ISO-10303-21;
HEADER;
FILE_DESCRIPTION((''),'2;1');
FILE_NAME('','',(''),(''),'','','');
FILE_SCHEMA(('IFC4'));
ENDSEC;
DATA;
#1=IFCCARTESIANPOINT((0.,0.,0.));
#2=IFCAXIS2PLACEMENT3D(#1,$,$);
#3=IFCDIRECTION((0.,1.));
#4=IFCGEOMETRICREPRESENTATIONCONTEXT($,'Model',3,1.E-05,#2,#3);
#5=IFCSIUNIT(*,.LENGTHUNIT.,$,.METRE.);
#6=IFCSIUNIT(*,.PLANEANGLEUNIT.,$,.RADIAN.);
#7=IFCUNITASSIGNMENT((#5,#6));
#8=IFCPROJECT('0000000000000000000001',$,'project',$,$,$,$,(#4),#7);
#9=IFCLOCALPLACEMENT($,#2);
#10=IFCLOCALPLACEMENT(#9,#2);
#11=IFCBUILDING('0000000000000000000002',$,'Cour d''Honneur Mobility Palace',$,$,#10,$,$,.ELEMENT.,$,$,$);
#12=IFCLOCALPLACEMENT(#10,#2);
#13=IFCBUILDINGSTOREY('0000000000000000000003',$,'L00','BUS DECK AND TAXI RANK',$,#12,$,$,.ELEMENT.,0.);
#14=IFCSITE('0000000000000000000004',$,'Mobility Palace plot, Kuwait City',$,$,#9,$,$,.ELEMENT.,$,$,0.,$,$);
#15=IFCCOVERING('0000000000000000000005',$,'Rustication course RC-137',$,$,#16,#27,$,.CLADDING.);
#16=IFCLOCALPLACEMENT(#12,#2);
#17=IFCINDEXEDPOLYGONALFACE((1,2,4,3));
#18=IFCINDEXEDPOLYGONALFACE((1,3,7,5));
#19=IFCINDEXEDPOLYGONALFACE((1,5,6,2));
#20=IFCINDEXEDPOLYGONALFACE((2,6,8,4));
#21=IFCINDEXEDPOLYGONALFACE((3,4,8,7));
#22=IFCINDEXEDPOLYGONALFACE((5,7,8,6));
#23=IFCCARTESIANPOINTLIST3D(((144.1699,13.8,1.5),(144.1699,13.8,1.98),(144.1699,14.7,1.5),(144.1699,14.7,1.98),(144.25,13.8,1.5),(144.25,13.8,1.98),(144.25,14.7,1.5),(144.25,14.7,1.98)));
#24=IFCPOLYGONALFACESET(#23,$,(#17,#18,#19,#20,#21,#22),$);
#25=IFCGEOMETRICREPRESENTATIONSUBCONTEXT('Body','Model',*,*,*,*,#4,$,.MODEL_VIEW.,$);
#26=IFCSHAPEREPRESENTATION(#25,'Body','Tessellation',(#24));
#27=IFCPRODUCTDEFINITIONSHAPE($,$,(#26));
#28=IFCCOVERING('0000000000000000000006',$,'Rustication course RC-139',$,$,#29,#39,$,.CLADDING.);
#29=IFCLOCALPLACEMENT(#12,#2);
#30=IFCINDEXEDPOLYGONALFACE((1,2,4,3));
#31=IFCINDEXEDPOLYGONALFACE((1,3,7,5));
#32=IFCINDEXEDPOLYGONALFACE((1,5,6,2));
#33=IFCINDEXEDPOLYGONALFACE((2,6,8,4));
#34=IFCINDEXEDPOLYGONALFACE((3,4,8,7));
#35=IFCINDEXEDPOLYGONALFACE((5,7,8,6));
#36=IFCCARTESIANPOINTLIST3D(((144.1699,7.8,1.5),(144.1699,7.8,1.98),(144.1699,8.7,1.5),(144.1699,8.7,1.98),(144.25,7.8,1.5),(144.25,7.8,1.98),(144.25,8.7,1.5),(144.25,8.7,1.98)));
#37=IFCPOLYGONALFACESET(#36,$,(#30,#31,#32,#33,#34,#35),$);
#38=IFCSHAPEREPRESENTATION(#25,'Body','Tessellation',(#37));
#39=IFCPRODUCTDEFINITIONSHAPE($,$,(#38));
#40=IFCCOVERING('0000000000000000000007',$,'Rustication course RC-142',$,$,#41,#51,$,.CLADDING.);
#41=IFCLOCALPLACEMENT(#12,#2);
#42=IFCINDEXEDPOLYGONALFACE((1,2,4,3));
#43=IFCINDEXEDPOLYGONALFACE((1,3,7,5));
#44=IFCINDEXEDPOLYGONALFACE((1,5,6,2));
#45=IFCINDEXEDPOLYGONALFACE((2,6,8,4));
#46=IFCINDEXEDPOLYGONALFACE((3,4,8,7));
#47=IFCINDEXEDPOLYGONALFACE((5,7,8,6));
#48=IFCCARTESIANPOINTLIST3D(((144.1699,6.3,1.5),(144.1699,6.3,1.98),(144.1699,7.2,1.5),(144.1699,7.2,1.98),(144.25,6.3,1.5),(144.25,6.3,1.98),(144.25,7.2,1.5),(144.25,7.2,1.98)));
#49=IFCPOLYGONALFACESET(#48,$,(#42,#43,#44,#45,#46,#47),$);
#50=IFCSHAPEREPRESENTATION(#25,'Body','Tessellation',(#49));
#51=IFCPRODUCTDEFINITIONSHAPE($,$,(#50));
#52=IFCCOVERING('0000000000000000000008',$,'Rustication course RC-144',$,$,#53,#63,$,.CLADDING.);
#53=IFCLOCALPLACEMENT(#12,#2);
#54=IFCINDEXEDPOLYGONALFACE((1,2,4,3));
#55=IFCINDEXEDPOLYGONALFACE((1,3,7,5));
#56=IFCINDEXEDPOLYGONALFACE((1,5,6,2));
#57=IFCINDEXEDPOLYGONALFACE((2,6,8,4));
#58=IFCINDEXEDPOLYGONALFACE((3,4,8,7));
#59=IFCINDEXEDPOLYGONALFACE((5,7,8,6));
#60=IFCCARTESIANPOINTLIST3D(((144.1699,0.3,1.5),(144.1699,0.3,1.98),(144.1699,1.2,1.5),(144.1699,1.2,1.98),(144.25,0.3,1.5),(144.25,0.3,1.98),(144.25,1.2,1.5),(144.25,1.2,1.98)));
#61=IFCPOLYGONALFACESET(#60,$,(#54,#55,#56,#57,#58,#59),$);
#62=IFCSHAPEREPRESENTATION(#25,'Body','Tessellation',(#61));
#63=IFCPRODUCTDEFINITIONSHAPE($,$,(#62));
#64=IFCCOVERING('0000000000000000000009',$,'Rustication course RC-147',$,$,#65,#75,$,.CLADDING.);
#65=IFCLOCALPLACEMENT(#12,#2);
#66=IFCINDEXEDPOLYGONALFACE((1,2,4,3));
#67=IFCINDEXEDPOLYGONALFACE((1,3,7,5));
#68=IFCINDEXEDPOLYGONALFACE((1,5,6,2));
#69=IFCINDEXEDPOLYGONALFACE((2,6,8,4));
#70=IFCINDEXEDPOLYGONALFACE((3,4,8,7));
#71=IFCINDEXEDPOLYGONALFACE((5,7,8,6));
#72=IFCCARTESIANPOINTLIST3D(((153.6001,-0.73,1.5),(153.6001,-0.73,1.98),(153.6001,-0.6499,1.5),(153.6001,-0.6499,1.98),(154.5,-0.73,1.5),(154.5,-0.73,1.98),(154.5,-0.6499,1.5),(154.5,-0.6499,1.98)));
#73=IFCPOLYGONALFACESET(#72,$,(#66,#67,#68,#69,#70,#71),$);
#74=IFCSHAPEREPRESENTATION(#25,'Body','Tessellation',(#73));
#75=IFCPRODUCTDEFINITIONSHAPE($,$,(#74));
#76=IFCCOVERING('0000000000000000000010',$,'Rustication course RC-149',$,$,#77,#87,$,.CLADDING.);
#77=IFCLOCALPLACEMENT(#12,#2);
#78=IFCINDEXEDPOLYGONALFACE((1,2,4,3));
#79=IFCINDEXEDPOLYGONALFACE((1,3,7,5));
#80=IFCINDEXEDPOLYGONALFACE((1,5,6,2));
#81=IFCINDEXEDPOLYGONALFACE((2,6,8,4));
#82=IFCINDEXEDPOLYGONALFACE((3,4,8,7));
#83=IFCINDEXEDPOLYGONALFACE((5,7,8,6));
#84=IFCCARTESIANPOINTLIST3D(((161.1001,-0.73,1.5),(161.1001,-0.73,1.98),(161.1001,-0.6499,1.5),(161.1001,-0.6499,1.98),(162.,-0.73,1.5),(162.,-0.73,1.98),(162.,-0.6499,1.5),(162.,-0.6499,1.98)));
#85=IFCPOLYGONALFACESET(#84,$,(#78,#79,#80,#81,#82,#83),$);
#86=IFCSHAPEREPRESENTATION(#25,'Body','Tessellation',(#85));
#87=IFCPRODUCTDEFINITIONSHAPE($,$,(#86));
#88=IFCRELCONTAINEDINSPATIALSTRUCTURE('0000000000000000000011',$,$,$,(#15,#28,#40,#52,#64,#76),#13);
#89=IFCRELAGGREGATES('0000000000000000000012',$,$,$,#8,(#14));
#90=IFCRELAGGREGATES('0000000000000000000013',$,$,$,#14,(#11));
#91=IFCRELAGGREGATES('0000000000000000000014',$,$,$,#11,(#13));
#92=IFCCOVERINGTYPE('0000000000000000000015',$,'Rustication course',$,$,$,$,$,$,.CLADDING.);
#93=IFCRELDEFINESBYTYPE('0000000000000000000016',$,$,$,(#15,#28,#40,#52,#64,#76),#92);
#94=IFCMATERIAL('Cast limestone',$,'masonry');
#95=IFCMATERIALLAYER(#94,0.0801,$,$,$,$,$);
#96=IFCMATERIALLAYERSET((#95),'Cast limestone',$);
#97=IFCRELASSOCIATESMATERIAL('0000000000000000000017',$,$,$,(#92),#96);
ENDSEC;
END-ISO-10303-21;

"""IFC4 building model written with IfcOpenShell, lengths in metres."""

from ifc_helpers import new_model, si_unit, direction, frame, origin, place, context, subcontext, project, spatial, polyline, outline, extrude, material, layer, layer_set, type_object, element, save


model = new_model("IFC4")

# Units and contexts
model_context = context("Model", 3, precision=1e-05, world=origin(), true_north=direction((0.0, 1.0)))
body_context = subcontext(model_context, "Body", "Model", "MODEL_VIEW")
ifc_project = project(units=[si_unit("LENGTHUNIT", "METRE"), si_unit("PLANEANGLEUNIT", "RADIAN")], contexts=[model_context])

# Site, building, storey
site_placement = place(None, origin())
site = spatial("IfcSite", under=ifc_project, at=site_placement, Name="Mobility Palace plot, Kuwait City", CompositionType="ELEMENT", RefElevation=0.0)
building_placement = place(site_placement, origin())
building = spatial("IfcBuilding", under=site, at=building_placement, Name="Cour d'Honneur Mobility Palace", CompositionType="ELEMENT")
storey_placement = place(building_placement, origin())
storey = spatial("IfcBuildingStorey", under=building, at=storey_placement, Name="L00", Description="BUS DECK AND TAXI RANK", CompositionType="ELEMENT", Elevation=0.0)

# Coverings
ifc_material = material(Name="Cast limestone", Category="masonry")
ifc_layer = layer(ifc_material, 0.0801)
ifc_layer_set = layer_set([ifc_layer], Name="Cast limestone")
covering_type = type_object("IfcCoveringType", Name="Rustication course", PredefinedType="CLADDING", material=ifc_layer_set)
covering_1_placement = place(storey_placement, frame((0.0, 0.0, 1.5)))
element("IfcCovering", 1, at=covering_1_placement, inside=storey, type_object=covering_type, Name="Rustication course RC-137", PredefinedType="CLADDING", context=body_context, shape_type="SweptSolid", body=[
    extrude(outline(polyline([(144.25, 14.7), (144.25, 13.8), (144.1699, 13.8), (144.1699, 14.7), (144.25, 14.7)])), origin(), (0.0, 0.0, 1.0), 0.48),
])
covering_2_placement = place(storey_placement, frame((0.0, 0.0, 1.5)))
element("IfcCovering", 2, at=covering_2_placement, inside=storey, type_object=covering_type, Name="Rustication course RC-139", PredefinedType="CLADDING", context=body_context, shape_type="SweptSolid", body=[
    extrude(outline(polyline([(144.25, 8.7), (144.25, 7.8), (144.1699, 7.8), (144.1699, 8.7), (144.25, 8.7)])), origin(), (0.0, 0.0, 1.0), 0.48),
])
covering_3_placement = place(storey_placement, frame((0.0, 0.0, 1.5)))
element("IfcCovering", 3, at=covering_3_placement, inside=storey, type_object=covering_type, Name="Rustication course RC-142", PredefinedType="CLADDING", context=body_context, shape_type="SweptSolid", body=[
    extrude(outline(polyline([(144.25, 7.2), (144.25, 6.3), (144.1699, 6.3), (144.1699, 7.2), (144.25, 7.2)])), origin(), (0.0, 0.0, 1.0), 0.48),
])
covering_4_placement = place(storey_placement, frame((0.0, 0.0, 1.5)))
element("IfcCovering", 4, at=covering_4_placement, inside=storey, type_object=covering_type, Name="Rustication course RC-144", PredefinedType="CLADDING", context=body_context, shape_type="SweptSolid", body=[
    extrude(outline(polyline([(144.25, 1.2), (144.25, 0.3), (144.1699, 0.3), (144.1699, 1.2), (144.25, 1.2)])), origin(), (0.0, 0.0, 1.0), 0.48),
])
covering_5_placement = place(storey_placement, frame((0.0, 0.0, 1.5)))
element("IfcCovering", 5, at=covering_5_placement, inside=storey, type_object=covering_type, Name="Rustication course RC-147", PredefinedType="CLADDING", context=body_context, shape_type="SweptSolid", body=[
    extrude(outline(polyline([(153.6001, -0.6499), (154.5, -0.6499), (154.5, -0.73), (153.6001, -0.73), (153.6001, -0.6499)])), origin(), (0.0, 0.0, 1.0), 0.48),
])
covering_6_placement = place(storey_placement, frame((0.0, 0.0, 1.5)))
element("IfcCovering", 6, at=covering_6_placement, inside=storey, type_object=covering_type, Name="Rustication course RC-149", PredefinedType="CLADDING", context=body_context, shape_type="SweptSolid", body=[
    extrude(outline(polyline([(161.1001, -0.6499), (162.0, -0.6499), (162.0, -0.73), (161.1001, -0.73), (161.1001, -0.6499)])), origin(), (0.0, 0.0, 1.0), 0.48),
])

save(model, "model.ifc")
